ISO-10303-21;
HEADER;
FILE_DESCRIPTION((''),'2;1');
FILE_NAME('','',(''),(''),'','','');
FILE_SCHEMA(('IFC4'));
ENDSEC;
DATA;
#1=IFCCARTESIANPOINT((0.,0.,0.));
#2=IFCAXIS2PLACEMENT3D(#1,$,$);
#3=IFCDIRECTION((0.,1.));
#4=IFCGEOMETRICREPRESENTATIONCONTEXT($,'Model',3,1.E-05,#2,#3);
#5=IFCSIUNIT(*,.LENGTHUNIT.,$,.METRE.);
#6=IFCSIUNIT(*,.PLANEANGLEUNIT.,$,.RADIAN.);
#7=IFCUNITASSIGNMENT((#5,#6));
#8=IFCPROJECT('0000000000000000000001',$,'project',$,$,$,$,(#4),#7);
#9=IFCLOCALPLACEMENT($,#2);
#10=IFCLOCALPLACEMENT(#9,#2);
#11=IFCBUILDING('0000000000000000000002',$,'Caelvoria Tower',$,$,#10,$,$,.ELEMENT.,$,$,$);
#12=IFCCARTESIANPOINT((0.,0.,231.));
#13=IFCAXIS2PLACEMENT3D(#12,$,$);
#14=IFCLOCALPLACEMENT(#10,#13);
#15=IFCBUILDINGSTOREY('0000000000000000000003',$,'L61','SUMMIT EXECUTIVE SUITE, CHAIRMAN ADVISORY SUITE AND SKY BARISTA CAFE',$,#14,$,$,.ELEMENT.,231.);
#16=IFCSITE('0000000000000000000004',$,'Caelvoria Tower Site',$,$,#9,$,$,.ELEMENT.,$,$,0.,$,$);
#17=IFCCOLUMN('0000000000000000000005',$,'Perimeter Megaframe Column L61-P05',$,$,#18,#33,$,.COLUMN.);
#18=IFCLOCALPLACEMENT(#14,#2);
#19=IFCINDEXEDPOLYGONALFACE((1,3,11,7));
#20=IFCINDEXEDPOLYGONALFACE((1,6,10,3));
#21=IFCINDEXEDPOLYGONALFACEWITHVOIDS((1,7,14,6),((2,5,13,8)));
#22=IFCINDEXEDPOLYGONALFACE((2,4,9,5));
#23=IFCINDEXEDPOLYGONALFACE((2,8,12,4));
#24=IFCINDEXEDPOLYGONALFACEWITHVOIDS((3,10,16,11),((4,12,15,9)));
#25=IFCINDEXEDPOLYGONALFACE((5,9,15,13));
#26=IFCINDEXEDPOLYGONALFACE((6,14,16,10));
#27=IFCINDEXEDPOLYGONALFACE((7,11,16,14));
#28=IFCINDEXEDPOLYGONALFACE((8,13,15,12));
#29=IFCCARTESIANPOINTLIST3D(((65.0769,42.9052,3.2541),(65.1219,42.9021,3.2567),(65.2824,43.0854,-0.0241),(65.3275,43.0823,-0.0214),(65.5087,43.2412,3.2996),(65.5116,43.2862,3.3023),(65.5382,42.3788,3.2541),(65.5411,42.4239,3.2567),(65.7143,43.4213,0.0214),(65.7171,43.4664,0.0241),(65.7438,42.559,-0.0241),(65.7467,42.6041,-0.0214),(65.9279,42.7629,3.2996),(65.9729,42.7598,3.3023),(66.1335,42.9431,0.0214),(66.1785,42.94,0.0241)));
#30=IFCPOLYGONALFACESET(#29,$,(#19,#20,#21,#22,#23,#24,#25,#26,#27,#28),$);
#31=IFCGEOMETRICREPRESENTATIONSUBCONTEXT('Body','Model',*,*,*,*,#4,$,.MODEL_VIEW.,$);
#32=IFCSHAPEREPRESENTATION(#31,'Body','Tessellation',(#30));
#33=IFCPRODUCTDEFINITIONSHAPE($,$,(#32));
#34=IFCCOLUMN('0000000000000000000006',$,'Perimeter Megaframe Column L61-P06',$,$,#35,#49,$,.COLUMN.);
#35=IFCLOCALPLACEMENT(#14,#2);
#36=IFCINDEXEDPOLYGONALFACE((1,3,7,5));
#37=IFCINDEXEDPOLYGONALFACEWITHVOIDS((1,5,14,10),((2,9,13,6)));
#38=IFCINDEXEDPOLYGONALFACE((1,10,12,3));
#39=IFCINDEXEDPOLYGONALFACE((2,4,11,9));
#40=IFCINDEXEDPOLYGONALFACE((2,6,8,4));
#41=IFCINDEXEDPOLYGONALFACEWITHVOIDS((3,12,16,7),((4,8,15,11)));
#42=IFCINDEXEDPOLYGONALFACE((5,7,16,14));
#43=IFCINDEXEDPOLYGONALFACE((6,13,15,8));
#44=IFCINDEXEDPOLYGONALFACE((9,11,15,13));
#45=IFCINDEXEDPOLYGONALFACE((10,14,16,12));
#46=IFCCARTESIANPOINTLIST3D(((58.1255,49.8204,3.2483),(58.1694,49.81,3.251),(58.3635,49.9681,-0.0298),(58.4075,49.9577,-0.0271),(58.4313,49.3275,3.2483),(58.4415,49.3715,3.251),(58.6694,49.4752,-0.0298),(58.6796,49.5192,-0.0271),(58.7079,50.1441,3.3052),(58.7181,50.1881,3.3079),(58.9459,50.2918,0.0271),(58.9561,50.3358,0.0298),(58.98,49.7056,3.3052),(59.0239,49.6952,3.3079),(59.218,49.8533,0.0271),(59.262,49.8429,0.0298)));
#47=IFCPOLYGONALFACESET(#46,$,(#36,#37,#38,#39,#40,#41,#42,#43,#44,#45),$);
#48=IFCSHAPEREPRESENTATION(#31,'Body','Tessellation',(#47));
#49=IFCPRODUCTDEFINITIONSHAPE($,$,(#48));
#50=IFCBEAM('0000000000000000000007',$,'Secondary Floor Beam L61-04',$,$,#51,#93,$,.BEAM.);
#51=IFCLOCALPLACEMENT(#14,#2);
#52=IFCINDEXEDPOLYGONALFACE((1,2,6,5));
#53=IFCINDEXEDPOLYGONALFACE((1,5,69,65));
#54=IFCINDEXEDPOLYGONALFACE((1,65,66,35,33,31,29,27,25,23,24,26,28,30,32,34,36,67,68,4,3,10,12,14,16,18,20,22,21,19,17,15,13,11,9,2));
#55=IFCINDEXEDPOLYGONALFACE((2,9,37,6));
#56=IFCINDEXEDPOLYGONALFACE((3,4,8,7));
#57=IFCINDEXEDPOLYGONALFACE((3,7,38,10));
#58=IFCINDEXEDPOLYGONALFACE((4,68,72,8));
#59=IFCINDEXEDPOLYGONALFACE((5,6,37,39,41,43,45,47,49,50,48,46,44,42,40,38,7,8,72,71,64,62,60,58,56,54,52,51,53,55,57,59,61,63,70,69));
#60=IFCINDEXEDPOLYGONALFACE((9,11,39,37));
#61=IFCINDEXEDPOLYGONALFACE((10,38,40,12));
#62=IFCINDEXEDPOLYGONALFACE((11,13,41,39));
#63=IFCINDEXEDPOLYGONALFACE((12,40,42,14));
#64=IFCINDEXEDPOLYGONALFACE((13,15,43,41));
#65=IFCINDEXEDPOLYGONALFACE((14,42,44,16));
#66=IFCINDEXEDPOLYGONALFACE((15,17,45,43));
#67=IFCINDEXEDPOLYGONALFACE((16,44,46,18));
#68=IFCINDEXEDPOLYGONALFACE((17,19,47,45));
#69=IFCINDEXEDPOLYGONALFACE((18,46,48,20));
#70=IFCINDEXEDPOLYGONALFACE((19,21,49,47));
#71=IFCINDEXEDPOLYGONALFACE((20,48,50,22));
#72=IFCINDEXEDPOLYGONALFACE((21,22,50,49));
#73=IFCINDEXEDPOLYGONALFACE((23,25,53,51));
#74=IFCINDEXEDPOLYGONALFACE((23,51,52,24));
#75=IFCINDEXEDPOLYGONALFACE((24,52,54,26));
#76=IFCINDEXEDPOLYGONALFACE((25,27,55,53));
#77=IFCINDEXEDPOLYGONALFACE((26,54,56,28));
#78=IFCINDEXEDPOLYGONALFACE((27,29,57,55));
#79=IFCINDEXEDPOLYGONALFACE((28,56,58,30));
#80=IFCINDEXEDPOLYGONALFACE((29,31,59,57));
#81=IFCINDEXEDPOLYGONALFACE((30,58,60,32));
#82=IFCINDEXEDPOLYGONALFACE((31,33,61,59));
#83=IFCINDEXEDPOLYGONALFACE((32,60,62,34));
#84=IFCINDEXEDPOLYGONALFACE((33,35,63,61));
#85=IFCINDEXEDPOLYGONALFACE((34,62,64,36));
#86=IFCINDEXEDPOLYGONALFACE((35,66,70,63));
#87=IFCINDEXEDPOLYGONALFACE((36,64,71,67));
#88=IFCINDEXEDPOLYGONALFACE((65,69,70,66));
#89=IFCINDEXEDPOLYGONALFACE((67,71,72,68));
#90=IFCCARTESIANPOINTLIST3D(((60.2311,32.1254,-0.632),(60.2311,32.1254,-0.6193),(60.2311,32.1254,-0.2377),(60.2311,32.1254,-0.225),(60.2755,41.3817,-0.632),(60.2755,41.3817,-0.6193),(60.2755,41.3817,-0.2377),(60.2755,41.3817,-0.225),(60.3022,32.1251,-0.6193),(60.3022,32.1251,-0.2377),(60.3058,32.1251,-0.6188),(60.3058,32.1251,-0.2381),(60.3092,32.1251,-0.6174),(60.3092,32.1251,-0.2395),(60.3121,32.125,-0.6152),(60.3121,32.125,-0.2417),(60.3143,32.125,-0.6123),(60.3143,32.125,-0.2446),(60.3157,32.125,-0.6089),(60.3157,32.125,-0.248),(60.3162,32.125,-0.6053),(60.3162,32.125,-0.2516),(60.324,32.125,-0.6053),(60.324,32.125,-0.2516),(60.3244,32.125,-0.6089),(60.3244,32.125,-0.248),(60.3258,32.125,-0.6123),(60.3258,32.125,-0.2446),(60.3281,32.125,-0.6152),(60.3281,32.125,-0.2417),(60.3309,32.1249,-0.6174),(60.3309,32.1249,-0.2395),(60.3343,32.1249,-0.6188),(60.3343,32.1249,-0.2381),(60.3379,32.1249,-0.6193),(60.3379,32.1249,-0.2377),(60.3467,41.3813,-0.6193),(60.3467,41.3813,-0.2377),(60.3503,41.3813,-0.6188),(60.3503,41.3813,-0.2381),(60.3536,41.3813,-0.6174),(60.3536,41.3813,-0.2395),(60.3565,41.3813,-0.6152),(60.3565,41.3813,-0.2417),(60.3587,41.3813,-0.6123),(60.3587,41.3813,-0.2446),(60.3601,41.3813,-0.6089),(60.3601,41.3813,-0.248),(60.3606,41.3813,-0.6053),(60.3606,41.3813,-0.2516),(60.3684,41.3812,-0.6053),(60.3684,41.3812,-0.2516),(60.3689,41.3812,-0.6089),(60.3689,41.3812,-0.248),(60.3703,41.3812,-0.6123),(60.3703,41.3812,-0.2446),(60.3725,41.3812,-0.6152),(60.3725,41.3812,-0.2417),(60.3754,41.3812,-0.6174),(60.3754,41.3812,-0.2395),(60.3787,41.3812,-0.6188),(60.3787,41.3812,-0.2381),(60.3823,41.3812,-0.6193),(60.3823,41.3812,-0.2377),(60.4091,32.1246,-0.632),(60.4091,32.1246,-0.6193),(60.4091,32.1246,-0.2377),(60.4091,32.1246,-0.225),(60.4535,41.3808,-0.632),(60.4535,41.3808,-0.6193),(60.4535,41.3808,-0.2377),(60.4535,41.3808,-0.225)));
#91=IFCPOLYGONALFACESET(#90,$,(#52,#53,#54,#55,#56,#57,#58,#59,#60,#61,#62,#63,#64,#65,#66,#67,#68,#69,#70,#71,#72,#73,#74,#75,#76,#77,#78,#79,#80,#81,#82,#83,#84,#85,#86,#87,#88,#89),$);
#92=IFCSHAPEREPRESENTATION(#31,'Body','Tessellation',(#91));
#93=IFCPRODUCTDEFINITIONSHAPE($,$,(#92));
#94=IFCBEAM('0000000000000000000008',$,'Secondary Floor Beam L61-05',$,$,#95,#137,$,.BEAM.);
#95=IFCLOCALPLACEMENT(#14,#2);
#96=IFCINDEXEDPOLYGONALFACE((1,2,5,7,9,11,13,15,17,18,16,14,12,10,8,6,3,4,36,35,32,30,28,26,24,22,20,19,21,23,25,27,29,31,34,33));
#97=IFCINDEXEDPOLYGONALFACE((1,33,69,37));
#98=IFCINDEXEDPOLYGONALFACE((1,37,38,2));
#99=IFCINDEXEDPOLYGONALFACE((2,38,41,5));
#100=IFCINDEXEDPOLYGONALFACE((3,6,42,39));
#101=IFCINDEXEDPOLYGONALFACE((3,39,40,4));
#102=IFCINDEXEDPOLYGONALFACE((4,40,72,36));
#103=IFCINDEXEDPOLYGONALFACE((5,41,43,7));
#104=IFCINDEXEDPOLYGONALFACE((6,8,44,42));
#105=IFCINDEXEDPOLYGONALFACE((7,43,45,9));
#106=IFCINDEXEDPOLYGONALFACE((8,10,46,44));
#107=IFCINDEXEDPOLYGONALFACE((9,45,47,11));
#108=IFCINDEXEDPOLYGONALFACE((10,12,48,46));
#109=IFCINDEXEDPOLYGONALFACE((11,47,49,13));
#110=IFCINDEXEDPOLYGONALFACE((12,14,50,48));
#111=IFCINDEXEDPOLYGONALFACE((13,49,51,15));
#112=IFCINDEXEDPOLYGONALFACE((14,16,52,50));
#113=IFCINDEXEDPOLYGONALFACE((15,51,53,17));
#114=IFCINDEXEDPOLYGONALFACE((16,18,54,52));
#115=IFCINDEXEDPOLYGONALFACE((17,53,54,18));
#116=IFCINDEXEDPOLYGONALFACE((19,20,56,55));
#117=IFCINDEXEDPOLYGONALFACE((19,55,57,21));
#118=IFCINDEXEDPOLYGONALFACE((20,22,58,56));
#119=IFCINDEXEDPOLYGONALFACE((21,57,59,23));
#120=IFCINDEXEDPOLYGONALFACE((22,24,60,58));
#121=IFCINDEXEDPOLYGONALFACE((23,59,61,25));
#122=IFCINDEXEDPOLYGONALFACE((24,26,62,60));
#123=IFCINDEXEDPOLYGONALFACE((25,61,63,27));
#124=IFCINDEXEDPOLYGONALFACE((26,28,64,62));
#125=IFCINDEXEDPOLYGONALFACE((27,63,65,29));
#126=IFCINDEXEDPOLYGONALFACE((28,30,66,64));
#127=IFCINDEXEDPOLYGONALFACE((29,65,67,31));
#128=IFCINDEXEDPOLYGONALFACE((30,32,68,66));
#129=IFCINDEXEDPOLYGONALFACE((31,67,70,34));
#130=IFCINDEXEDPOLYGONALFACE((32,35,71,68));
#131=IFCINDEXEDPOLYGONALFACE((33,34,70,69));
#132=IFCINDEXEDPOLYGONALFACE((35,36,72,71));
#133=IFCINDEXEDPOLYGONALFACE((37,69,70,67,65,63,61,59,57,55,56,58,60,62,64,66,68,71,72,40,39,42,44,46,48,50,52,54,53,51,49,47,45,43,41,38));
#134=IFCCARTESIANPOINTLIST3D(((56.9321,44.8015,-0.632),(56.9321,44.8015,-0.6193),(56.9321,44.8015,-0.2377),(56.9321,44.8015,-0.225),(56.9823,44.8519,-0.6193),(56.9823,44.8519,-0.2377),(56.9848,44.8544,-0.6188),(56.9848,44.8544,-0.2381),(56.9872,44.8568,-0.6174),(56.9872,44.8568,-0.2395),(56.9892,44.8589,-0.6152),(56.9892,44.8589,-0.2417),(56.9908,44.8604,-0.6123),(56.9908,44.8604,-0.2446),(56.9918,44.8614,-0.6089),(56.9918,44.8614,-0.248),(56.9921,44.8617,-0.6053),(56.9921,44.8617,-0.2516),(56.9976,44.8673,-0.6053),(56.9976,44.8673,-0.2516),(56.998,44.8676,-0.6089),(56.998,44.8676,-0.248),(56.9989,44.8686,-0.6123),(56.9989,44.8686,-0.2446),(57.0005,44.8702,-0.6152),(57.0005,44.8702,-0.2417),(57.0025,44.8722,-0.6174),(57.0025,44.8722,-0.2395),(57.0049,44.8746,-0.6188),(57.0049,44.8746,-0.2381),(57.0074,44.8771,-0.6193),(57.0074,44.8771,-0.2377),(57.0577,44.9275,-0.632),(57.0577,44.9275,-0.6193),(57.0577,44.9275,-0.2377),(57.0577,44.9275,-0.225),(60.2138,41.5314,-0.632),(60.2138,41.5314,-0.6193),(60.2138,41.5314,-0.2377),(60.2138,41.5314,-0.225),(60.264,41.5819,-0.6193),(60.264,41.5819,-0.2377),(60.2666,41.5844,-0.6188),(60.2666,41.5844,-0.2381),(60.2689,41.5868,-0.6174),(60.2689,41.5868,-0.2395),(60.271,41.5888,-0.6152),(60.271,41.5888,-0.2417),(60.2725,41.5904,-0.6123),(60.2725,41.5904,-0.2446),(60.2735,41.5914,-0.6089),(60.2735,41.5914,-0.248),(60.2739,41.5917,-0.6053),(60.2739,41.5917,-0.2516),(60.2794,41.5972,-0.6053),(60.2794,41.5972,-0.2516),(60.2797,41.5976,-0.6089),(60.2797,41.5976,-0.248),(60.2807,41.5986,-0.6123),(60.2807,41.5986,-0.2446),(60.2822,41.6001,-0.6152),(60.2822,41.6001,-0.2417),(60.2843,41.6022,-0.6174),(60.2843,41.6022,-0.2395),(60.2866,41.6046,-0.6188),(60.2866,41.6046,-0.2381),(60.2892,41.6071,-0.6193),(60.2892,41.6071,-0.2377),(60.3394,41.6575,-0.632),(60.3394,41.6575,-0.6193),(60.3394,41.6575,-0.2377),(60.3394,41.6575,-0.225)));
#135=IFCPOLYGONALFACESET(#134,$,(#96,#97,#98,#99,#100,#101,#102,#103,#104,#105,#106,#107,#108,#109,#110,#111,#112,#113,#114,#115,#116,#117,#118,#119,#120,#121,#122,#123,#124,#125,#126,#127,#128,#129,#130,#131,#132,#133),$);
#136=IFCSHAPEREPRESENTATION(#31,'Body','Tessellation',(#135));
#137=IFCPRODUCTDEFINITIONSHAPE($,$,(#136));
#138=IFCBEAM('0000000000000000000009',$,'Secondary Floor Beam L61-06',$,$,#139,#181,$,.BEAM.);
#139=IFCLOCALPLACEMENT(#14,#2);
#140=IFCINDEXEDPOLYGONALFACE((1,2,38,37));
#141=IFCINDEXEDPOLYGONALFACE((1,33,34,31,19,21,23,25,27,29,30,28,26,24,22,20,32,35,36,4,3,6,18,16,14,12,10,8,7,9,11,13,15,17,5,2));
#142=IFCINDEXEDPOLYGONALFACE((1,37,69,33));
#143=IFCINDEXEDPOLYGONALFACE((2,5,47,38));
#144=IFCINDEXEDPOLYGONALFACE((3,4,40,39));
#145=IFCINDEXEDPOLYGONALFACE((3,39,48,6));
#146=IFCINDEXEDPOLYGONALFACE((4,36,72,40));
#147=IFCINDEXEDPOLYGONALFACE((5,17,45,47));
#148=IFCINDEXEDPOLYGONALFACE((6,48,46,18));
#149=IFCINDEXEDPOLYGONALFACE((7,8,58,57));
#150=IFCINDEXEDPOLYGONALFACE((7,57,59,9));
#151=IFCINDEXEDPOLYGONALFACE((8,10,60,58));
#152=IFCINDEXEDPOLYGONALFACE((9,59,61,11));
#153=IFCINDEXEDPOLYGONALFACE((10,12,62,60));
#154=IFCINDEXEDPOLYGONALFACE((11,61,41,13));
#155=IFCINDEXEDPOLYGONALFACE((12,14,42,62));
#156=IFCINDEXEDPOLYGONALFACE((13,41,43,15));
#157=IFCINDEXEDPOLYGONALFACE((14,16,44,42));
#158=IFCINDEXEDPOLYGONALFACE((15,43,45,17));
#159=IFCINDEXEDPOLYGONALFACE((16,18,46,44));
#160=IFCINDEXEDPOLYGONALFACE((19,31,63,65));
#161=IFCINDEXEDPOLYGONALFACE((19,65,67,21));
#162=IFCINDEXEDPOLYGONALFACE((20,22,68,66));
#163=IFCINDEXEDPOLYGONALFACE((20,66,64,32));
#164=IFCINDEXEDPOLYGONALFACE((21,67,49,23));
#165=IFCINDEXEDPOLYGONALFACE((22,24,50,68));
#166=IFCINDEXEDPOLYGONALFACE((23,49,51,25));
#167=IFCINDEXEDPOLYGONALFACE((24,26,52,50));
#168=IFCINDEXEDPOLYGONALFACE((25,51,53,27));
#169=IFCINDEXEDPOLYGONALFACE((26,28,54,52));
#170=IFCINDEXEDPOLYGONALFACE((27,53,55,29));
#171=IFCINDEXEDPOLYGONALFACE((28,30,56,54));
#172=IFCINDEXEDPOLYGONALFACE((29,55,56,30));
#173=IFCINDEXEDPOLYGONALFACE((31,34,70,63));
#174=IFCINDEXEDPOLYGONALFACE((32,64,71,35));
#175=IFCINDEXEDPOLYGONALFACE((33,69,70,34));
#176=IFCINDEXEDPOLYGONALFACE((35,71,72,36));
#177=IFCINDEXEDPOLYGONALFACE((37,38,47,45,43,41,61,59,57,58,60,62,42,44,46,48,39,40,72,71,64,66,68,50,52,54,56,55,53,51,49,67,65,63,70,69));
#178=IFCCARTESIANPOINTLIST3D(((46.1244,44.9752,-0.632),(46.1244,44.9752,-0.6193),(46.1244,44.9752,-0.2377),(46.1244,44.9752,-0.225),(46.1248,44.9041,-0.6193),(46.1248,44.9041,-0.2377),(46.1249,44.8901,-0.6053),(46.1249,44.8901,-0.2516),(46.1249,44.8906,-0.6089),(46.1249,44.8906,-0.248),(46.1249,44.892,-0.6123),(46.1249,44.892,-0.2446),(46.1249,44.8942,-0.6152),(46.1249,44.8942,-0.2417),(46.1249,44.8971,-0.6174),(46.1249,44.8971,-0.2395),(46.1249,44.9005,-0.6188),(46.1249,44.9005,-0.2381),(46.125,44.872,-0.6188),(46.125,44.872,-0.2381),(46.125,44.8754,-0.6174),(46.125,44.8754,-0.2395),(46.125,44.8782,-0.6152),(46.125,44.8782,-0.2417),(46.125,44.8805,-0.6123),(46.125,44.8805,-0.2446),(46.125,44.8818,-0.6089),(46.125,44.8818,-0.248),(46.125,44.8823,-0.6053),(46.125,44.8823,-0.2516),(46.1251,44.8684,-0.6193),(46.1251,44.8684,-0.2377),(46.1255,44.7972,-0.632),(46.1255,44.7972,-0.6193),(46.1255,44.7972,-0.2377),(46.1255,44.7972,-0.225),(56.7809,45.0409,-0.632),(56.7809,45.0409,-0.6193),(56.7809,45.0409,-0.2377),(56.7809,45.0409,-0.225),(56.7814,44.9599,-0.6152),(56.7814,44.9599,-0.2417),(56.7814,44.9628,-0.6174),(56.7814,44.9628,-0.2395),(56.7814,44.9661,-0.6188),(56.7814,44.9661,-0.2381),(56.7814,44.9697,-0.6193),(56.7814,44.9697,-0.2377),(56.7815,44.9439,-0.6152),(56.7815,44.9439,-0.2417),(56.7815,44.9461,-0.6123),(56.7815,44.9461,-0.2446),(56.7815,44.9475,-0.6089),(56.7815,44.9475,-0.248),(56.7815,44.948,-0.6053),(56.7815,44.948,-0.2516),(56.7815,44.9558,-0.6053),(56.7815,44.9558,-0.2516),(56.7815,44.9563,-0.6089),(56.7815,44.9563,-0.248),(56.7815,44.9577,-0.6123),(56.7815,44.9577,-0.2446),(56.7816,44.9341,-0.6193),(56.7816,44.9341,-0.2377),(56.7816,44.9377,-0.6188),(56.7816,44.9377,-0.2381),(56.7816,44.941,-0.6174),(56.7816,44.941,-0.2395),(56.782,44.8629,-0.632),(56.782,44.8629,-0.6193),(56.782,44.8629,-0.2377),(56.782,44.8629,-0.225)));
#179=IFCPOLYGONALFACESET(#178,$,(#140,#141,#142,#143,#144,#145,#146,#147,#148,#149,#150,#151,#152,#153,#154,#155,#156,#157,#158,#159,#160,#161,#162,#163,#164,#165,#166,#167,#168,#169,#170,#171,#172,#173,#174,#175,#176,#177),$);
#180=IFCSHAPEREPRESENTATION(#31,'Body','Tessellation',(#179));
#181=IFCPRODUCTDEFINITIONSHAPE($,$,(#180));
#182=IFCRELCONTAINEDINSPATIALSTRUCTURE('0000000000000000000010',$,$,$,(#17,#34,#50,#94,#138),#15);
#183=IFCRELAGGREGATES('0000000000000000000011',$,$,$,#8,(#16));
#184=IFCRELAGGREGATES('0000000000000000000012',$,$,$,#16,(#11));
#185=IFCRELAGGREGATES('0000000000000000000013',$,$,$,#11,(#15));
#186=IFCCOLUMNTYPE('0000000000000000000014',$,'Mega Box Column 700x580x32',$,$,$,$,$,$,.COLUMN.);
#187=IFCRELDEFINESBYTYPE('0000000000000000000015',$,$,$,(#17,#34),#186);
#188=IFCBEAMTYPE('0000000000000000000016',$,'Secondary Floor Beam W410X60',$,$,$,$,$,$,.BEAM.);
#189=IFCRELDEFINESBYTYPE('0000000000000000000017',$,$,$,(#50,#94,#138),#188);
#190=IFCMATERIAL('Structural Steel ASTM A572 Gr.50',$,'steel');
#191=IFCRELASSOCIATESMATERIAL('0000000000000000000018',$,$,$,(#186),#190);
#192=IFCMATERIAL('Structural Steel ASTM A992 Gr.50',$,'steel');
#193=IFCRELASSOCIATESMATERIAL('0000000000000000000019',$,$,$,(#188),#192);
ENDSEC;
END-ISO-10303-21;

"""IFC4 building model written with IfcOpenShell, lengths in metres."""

from ifc_helpers import new_model, si_unit, direction, frame, origin, origin_2d, place, context, subcontext, project, spatial, hollow_rectangle, i_section, extrude, material, material_profile, profile_set, type_object, element, save


model = new_model("IFC4")

# Units and contexts
model_context = context("Model", 3, precision=1e-05, world=origin(), true_north=direction((0.0, 1.0)))
body_context = subcontext(model_context, "Body", "Model", "MODEL_VIEW")
ifc_project = project(units=[si_unit("LENGTHUNIT", "METRE"), si_unit("PLANEANGLEUNIT", "RADIAN")], contexts=[model_context])

# Site, building, storey
site_placement = place(None, origin())
site = spatial("IfcSite", under=ifc_project, at=site_placement, Name="Caelvoria Tower Site", CompositionType="ELEMENT", RefElevation=0.0)
building_placement = place(site_placement, origin())
building = spatial("IfcBuilding", under=site, at=building_placement, Name="Caelvoria Tower", CompositionType="ELEMENT")
storey_placement = place(building_placement, frame((0.0, 0.0, 231.0)))
storey = spatial("IfcBuildingStorey", under=building, at=storey_placement, Name="L61", Description="SUMMIT EXECUTIVE SUITE, CHAIRMAN ADVISORY SUITE AND SKY BARISTA CAFE", CompositionType="ELEMENT", Elevation=231.0)

# Columns
ifc_material_1 = material(Name="Structural Steel ASTM A572 Gr.50", Category="steel")
ifc_material_profile_1 = material_profile(ifc_material_1, hollow_rectangle(XDim=0.5801, YDim=0.7, WallThickness=0.032, at=origin_2d()), Name="Structural Steel ASTM A572 Gr.50")
ifc_profile_set_1 = profile_set([ifc_material_profile_1], Name="BOX700X580X32 - Structural Steel ASTM A572 Gr.50")
column_type = type_object("IfcColumnType", Name="Mega Box Column 700x580x32", PredefinedType="COLUMN", material=ifc_profile_set_1)
column_1_placement = place(storey_placement, frame((65.7305, 43.0127, 0.0), z_axis=(-0.062493, -0.054774, 0.996541), x_axis=(0.749422, 0.656857, 0.083099)))
element("IfcColumn", 1, at=column_1_placement, inside=storey, type_object=column_type, Name="Perimeter Megaframe Column L61-P05", PredefinedType="COLUMN", context=body_context, shape_type="SweptSolid", body=[
    extrude(hollow_rectangle(XDim=0.5801, YDim=0.7, WallThickness=0.032, at=origin_2d()), origin(), (0.0, 0.0, 1.0), 3.2896),
])
column_2_placement = place(storey_placement, frame((58.8127, 49.9055, 0.0), z_axis=(-0.072351, -0.044895, 0.996368), x_axis=(0.527254, -0.849707, 0.0)))
element("IfcColumn", 2, at=column_2_placement, inside=storey, type_object=column_type, Name="Perimeter Megaframe Column L61-P06", PredefinedType="COLUMN", context=body_context, shape_type="SweptSolid", body=[
    extrude(hollow_rectangle(XDim=0.5801, YDim=0.7, WallThickness=0.032, at=origin_2d()), origin(), (0.0, 0.0, 1.0), 3.29),
])

# Beams
ifc_material_2 = material(Name="Structural Steel ASTM A992 Gr.50", Category="steel")
ifc_material_profile_2 = material_profile(ifc_material_2, i_section(OverallWidth=0.178, OverallDepth=0.407, WebThickness=0.0078, FlangeThickness=0.0127, FilletRadius=0.0139, at=origin_2d()), Name="Structural Steel ASTM A992 Gr.50")
ifc_profile_set_2 = profile_set([ifc_material_profile_2], Name="W410X60 - Structural Steel ASTM A992 Gr.50")
beam_type_1 = type_object("IfcBeamType", Name="Secondary Floor Beam W410X60", PredefinedType="BEAM", material=ifc_profile_set_2)
beam_1_placement = place(storey_placement, frame((60.3201, 32.125, -0.4285), z_axis=(0.0048, 0.999988, 0.0), x_axis=(-0.999988, 0.0048, 0.0)))
element("IfcBeam", 3, at=beam_1_placement, inside=storey, type_object=beam_type_1, Name="Secondary Floor Beam L61-04", PredefinedType="BEAM", context=body_context, shape_type="SweptSolid", body=[
    extrude(i_section(OverallWidth=0.178, OverallDepth=0.407, WebThickness=0.0078, FlangeThickness=0.0127, FilletRadius=0.0139, at=origin_2d()), origin(), (0.0, 0.0, 1.0), 9.2563),
])
beam_2_placement = place(storey_placement, frame((60.2766, 41.5945, -0.4285), z_axis=(-0.70837, 0.705841, 0.0), x_axis=(-0.705841, -0.70837, 0.0)))
element("IfcBeam", 4, at=beam_2_placement, inside=storey, type_object=beam_type_1, Name="Secondary Floor Beam L61-05", PredefinedType="BEAM", context=body_context, shape_type="SweptSolid", body=[
    extrude(i_section(OverallWidth=0.178, OverallDepth=0.407, WebThickness=0.0078, FlangeThickness=0.0127, FilletRadius=0.0139, at=origin_2d()), origin(), (0.0, 0.0, 1.0), 4.6328),
])
beam_3_placement = place(storey_placement, frame((56.7815, 44.9519, -0.4285), z_axis=(-0.999981, -0.006163, 0.0), x_axis=(0.006163, -0.999981, 0.0)))
element("IfcBeam", 5, at=beam_3_placement, inside=storey, type_object=beam_type_1, Name="Secondary Floor Beam L61-06", PredefinedType="BEAM", context=body_context, shape_type="SweptSolid", body=[
    extrude(i_section(OverallWidth=0.178, OverallDepth=0.407, WebThickness=0.0078, FlangeThickness=0.0127, FilletRadius=0.0139, at=origin_2d()), origin(), (0.0, 0.0, 1.0), 10.6567),
])

save(model, "model.ifc")
